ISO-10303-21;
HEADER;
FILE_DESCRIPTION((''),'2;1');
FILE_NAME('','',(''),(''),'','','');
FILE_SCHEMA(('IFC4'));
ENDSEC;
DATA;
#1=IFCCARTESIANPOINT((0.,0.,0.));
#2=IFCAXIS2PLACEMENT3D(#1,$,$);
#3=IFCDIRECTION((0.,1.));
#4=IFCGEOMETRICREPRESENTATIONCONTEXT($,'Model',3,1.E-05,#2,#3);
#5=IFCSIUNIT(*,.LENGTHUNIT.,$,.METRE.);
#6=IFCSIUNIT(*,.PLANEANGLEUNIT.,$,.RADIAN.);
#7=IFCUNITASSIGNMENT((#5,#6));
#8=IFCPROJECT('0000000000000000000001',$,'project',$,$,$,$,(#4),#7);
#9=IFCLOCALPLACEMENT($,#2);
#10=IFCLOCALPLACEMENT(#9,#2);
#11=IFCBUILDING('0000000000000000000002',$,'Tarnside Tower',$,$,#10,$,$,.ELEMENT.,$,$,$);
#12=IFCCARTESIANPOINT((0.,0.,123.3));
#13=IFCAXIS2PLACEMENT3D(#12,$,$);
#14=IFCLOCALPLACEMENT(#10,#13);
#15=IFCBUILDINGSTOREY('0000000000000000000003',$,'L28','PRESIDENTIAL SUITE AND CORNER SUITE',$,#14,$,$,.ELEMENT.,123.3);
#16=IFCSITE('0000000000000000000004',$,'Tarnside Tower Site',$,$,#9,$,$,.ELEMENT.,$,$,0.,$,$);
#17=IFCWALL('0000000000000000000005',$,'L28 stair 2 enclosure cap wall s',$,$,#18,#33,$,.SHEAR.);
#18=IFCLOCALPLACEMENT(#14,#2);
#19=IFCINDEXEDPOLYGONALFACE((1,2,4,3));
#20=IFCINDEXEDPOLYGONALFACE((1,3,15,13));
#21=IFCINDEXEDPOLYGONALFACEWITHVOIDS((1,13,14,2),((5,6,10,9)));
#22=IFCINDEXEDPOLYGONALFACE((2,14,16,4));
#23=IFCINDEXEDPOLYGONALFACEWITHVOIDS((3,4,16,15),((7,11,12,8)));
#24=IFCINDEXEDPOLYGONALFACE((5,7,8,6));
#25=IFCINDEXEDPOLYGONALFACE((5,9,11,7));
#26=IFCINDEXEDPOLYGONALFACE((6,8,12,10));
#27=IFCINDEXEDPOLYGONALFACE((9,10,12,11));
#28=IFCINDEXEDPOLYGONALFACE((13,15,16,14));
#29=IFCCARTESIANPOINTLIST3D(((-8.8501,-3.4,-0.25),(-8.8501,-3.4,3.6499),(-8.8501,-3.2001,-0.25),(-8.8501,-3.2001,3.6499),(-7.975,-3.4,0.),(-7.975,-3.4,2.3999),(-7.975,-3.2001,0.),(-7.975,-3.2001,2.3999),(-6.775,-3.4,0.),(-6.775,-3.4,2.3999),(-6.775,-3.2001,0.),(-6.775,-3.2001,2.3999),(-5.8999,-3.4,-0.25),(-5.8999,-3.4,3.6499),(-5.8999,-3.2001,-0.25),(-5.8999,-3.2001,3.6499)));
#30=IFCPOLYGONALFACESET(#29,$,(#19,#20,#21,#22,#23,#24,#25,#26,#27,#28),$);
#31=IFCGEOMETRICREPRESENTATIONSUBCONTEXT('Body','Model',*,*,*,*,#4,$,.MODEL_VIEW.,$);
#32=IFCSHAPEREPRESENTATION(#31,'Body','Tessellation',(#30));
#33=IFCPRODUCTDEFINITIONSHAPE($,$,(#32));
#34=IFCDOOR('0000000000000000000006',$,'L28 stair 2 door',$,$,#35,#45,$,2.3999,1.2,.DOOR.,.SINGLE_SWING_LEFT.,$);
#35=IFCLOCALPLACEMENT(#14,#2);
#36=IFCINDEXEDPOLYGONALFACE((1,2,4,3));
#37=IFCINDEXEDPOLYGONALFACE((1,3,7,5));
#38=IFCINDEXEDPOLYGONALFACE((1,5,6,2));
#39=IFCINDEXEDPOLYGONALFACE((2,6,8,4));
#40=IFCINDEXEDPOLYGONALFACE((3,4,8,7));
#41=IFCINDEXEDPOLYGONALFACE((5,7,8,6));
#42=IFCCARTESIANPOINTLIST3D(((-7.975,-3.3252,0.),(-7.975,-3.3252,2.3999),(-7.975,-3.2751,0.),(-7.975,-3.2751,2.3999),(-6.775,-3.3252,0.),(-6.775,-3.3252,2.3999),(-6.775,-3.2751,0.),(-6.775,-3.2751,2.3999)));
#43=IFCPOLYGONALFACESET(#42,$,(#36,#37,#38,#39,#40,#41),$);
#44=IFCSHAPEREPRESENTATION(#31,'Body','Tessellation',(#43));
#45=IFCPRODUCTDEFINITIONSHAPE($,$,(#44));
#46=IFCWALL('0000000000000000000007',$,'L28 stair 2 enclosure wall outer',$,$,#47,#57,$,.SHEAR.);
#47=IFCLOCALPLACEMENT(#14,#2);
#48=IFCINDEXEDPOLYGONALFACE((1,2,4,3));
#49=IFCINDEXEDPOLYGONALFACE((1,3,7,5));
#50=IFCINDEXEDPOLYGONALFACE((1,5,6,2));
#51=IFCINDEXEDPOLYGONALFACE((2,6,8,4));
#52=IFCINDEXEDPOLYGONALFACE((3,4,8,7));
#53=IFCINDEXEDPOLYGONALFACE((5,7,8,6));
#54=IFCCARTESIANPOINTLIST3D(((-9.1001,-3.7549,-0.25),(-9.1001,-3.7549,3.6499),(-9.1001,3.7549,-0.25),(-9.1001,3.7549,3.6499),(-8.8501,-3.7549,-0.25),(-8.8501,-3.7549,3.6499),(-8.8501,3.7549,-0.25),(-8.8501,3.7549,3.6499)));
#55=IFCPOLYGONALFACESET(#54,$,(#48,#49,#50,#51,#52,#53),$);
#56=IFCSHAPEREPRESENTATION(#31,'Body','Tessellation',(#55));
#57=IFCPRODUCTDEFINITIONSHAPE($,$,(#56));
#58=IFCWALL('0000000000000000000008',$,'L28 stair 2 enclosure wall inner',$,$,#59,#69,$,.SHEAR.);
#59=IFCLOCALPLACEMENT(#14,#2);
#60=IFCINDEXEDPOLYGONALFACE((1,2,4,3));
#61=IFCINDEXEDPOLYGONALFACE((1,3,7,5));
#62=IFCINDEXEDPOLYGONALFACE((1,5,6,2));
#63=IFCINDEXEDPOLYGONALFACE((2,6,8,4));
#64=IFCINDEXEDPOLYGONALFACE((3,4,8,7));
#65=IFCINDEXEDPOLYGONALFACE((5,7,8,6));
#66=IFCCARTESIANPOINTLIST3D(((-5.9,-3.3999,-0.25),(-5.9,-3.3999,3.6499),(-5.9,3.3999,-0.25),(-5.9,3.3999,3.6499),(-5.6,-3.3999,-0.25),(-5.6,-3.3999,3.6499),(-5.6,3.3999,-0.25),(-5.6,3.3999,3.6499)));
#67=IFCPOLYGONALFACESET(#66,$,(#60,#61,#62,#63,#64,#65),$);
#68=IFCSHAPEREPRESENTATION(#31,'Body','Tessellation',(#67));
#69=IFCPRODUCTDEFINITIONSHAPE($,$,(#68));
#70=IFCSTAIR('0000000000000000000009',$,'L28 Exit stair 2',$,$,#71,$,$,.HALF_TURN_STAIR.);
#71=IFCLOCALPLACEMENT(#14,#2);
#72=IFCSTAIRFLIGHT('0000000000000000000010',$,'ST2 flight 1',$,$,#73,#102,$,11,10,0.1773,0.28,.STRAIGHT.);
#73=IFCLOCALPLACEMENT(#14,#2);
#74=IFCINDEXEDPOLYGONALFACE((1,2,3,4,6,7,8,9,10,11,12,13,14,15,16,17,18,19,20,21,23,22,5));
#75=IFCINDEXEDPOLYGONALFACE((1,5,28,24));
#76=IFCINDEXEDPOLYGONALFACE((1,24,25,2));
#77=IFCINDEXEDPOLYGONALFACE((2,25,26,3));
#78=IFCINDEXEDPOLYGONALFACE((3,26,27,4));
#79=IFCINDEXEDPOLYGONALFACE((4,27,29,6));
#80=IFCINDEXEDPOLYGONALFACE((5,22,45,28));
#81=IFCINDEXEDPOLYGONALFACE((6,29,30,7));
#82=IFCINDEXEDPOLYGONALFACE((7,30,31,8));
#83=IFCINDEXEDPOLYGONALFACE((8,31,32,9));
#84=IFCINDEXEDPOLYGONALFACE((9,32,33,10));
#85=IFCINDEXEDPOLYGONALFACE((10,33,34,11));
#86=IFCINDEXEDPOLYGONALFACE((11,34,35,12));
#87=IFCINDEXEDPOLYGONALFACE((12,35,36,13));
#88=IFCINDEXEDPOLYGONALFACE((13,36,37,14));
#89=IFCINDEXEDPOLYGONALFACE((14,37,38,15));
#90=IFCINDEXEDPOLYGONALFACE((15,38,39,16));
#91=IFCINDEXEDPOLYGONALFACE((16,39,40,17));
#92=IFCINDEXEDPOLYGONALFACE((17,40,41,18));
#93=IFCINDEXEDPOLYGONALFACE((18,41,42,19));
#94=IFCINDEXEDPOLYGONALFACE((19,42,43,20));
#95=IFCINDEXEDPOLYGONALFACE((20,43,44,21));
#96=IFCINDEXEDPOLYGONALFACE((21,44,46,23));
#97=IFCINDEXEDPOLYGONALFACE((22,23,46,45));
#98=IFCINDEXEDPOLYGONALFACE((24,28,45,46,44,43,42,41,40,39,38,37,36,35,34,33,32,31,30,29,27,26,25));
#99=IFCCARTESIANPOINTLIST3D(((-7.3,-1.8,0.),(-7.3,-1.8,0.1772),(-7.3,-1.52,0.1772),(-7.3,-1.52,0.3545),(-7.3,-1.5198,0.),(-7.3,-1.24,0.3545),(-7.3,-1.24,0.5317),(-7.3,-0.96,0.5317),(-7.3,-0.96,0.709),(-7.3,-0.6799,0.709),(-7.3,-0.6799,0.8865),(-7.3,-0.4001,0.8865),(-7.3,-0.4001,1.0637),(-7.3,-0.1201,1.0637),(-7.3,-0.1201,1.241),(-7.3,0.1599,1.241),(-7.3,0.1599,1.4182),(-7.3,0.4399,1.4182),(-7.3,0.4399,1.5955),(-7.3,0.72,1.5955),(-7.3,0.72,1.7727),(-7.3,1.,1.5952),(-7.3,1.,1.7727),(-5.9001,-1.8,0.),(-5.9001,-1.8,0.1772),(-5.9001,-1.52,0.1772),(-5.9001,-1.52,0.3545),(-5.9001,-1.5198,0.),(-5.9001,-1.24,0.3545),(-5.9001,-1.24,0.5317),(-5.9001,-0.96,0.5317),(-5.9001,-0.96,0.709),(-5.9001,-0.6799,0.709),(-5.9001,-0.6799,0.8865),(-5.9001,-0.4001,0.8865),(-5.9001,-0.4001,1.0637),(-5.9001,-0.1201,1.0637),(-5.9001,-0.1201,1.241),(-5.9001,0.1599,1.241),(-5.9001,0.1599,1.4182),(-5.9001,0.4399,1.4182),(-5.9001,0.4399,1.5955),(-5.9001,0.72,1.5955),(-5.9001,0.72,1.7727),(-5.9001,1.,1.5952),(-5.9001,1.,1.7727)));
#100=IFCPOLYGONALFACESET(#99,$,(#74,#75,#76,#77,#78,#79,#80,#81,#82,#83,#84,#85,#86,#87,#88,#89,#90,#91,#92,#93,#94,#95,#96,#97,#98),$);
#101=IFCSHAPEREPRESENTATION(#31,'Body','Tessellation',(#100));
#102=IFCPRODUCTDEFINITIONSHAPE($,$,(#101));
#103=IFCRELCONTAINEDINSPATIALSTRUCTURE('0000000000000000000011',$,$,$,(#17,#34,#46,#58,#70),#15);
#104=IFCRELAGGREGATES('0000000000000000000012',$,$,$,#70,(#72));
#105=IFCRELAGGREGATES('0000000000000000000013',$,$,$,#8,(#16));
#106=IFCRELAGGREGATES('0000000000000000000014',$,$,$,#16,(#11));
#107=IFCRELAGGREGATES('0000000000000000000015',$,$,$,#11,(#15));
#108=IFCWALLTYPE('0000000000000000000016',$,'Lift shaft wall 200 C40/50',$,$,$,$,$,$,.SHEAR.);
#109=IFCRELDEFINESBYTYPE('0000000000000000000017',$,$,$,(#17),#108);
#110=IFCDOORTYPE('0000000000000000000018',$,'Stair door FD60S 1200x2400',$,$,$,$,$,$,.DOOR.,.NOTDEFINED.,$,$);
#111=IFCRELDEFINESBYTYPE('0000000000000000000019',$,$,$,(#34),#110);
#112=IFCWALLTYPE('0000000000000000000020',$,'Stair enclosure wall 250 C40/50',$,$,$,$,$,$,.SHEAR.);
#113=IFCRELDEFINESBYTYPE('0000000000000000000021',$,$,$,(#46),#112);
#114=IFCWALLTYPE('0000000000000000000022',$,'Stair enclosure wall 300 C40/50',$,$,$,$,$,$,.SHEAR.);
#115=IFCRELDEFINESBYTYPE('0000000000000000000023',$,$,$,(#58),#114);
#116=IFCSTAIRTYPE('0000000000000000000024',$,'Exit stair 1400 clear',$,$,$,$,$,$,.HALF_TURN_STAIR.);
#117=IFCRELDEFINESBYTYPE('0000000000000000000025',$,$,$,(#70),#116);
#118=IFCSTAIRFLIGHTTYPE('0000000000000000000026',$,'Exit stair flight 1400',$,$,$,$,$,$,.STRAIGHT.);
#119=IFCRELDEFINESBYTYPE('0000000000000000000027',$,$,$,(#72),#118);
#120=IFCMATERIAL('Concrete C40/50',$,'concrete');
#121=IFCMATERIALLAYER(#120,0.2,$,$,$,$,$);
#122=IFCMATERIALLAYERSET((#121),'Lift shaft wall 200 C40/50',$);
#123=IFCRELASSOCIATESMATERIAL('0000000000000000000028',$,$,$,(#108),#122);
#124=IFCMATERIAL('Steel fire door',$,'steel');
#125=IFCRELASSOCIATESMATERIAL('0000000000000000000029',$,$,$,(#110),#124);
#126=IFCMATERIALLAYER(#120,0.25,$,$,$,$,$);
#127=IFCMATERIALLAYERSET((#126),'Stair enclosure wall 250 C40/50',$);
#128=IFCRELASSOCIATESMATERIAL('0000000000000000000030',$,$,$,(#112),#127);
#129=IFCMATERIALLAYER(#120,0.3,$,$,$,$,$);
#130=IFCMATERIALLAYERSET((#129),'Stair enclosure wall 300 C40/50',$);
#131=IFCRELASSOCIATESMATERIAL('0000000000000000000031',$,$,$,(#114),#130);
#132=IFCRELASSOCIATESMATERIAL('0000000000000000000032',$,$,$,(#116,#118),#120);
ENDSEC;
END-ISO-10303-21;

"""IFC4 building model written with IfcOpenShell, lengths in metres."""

from ifc_helpers import new_model, si_unit, direction, frame, frame_2d, origin, place, context, subcontext, project, spatial, polyline, rectangle, outline, extrude, material, layer, layer_set, type_object, element, fill, aggregate, save


model = new_model("IFC4")

# Units and contexts
model_context = context("Model", 3, precision=1e-05, world=origin(), true_north=direction((0.0, 1.0)))
body_context = subcontext(model_context, "Body", "Model", "MODEL_VIEW")
ifc_project = project(units=[si_unit("LENGTHUNIT", "METRE"), si_unit("PLANEANGLEUNIT", "RADIAN")], contexts=[model_context])

# Site, building, storey
site_placement = place(None, origin())
site = spatial("IfcSite", under=ifc_project, at=site_placement, Name="Tarnside Tower Site", CompositionType="ELEMENT", RefElevation=0.0)
building_placement = place(site_placement, origin())
building = spatial("IfcBuilding", under=site, at=building_placement, Name="Tarnside Tower", CompositionType="ELEMENT")
storey_placement = place(building_placement, frame((0.0, 0.0, 123.3)))
storey = spatial("IfcBuildingStorey", under=building, at=storey_placement, Name="L28", Description="PRESIDENTIAL SUITE AND CORNER SUITE", CompositionType="ELEMENT", Elevation=123.3)

# Shared definitions
ifc_material_1 = material(Name="Concrete C40/50", Category="concrete")
ifc_layer_1 = layer(ifc_material_1, 0.2)
ifc_layer_set_1 = layer_set([ifc_layer_1], Name="Lift shaft wall 200 C40/50")
wall_type_1 = type_object("IfcWallType", Name="Lift shaft wall 200 C40/50", PredefinedType="SHEAR", material=ifc_layer_set_1)

# Wall, opening, door
wall_1_placement = place(storey_placement, frame((-8.8501, -3.3, -0.25), z_axis=(0.0, 0.0, 1.0), x_axis=(1.0, 0.0, 0.0)))
wall_1 = element("IfcWall", 1, at=wall_1_placement, inside=storey, type_object=wall_type_1, Name="L28 stair 2 enclosure cap wall s", PredefinedType="SHEAR", context=body_context, shape_type="SweptSolid", body=[
    extrude(rectangle(XDim=2.9502, YDim=0.2, at=frame_2d((1.4751, 0.0))), origin(), (0.0, 0.0, 1.0), 3.8999),
])
opening_1_placement = place(wall_1_placement, frame((0.875, 0.0, 0.25)))
opening_1 = element("IfcOpeningElement", 2, at=opening_1_placement, cuts=wall_1, PredefinedType="OPENING", context=body_context, shape_type="SweptSolid", body=[
    extrude(rectangle(XDim=1.2, YDim=2.3999, at=frame_2d((0.6001, 1.2))), frame((0.0, 0.1099, 0.0), z_axis=(0.0, -1.0, 0.0), x_axis=(1.0, 0.0, 0.0)), (0.0, 0.0, 1.0), 0.22),
])
ifc_material_2 = material(Name="Steel fire door", Category="steel")
door_type_1 = type_object("IfcDoorType", Name="Stair door FD60S 1200x2400", OperationType="NOTDEFINED", PredefinedType="DOOR", material=ifc_material_2)
door_1_placement = place(opening_1_placement, origin())
door_1 = element("IfcDoor", 3, at=door_1_placement, inside=storey, type_object=door_type_1, Name="L28 stair 2 door", OperationType="SINGLE_SWING_LEFT", OverallHeight=2.3999, OverallWidth=1.2, PredefinedType="DOOR", context=body_context, shape_type="SweptSolid", body=[
    extrude(rectangle(XDim=1.2, YDim=2.3999, at=frame_2d((0.6001, 1.2))), frame((0.0, 0.0249, 0.0), z_axis=(0.0, -1.0, 0.0), x_axis=(1.0, 0.0, 0.0)), (0.0, 0.0, 1.0), 0.05),
])
fill(opening_1, door_1)

# Walls
ifc_layer_2 = layer(ifc_material_1, 0.25)
ifc_layer_set_2 = layer_set([ifc_layer_2], Name="Stair enclosure wall 250 C40/50")
wall_type_2 = type_object("IfcWallType", Name="Stair enclosure wall 250 C40/50", PredefinedType="SHEAR", material=ifc_layer_set_2)
wall_2_placement = place(storey_placement, frame((-8.9751, -3.7549, -0.25), z_axis=(0.0, 0.0, 1.0), x_axis=(0.0, 1.0, 0.0)))
element("IfcWall", 4, at=wall_2_placement, inside=storey, type_object=wall_type_2, Name="L28 stair 2 enclosure wall outer", PredefinedType="SHEAR", context=body_context, shape_type="SweptSolid", body=[
    extrude(rectangle(XDim=7.5098, YDim=0.25, at=frame_2d((3.7549, 0.0))), origin(), (0.0, 0.0, 1.0), 3.8999),
])
ifc_layer_3 = layer(ifc_material_1, 0.3)
ifc_layer_set_3 = layer_set([ifc_layer_3], Name="Stair enclosure wall 300 C40/50")
wall_type_3 = type_object("IfcWallType", Name="Stair enclosure wall 300 C40/50", PredefinedType="SHEAR", material=ifc_layer_set_3)
wall_3_placement = place(storey_placement, frame((-5.75, -3.3999, -0.25), z_axis=(0.0, 0.0, 1.0), x_axis=(0.0, 1.0, 0.0)))
element("IfcWall", 5, at=wall_3_placement, inside=storey, type_object=wall_type_3, Name="L28 stair 2 enclosure wall inner", PredefinedType="SHEAR", context=body_context, shape_type="SweptSolid", body=[
    extrude(rectangle(XDim=6.7998, YDim=0.3, at=frame_2d((3.3999, 0.0))), origin(), (0.0, 0.0, 1.0), 3.8999),
])

# Stair, stair flight
stair_type = type_object("IfcStairType", Name="Exit stair 1400 clear", PredefinedType="HALF_TURN_STAIR", material=ifc_material_1)
stair_placement = place(storey_placement, origin())
stair = element("IfcStair", 6, at=stair_placement, inside=storey, type_object=stair_type, Name="L28 Exit stair 2", PredefinedType="HALF_TURN_STAIR")
stair_flight_type = type_object("IfcStairFlightType", Name="Exit stair flight 1400", PredefinedType="STRAIGHT", material=ifc_material_1)
stair_flight_placement = place(storey_placement, frame((-6.6001, -1.8, 0.0), z_axis=(0.0, 0.0, 1.0), x_axis=(0.0, 1.0, 0.0)))
stair_flight = element("IfcStairFlight", 7, at=stair_flight_placement, type_object=stair_flight_type, Name="ST2 flight 1", NumberOfRisers=11, NumberOfTreads=10, PredefinedType="STRAIGHT", RiserHeight=0.1773, TreadLength=0.28, context=body_context, shape_type="SweptSolid", body=[
    extrude(outline(polyline([(0.0, 0.0), (0.0, 0.1772), (0.28, 0.1772), (0.28, 0.3545), (0.5601, 0.3545), (0.5601, 0.5317), (0.8401, 0.5317), (0.8401, 0.709), (1.1201, 0.709), (1.1201, 0.8865), (1.3999, 0.8865), (1.3999, 1.0637), (1.6799, 1.0637), (1.6799, 1.241), (1.96, 1.241), (1.96, 1.4182), (2.24, 1.4182), (2.24, 1.5955), (2.52, 1.5955), (2.52, 1.7727), (2.8, 1.7727), (2.8, 1.95), (2.8, 1.5952), (0.2803, 0.0), (0.0, 0.0)])), frame((0.0, 0.7, 0.0), z_axis=(0.0, -1.0, 0.0), x_axis=(1.0, 0.0, 0.0)), (0.0, 0.0, 1.0), 1.3999),
])
aggregate(stair, [stair_flight])

save(model, "model.ifc")
